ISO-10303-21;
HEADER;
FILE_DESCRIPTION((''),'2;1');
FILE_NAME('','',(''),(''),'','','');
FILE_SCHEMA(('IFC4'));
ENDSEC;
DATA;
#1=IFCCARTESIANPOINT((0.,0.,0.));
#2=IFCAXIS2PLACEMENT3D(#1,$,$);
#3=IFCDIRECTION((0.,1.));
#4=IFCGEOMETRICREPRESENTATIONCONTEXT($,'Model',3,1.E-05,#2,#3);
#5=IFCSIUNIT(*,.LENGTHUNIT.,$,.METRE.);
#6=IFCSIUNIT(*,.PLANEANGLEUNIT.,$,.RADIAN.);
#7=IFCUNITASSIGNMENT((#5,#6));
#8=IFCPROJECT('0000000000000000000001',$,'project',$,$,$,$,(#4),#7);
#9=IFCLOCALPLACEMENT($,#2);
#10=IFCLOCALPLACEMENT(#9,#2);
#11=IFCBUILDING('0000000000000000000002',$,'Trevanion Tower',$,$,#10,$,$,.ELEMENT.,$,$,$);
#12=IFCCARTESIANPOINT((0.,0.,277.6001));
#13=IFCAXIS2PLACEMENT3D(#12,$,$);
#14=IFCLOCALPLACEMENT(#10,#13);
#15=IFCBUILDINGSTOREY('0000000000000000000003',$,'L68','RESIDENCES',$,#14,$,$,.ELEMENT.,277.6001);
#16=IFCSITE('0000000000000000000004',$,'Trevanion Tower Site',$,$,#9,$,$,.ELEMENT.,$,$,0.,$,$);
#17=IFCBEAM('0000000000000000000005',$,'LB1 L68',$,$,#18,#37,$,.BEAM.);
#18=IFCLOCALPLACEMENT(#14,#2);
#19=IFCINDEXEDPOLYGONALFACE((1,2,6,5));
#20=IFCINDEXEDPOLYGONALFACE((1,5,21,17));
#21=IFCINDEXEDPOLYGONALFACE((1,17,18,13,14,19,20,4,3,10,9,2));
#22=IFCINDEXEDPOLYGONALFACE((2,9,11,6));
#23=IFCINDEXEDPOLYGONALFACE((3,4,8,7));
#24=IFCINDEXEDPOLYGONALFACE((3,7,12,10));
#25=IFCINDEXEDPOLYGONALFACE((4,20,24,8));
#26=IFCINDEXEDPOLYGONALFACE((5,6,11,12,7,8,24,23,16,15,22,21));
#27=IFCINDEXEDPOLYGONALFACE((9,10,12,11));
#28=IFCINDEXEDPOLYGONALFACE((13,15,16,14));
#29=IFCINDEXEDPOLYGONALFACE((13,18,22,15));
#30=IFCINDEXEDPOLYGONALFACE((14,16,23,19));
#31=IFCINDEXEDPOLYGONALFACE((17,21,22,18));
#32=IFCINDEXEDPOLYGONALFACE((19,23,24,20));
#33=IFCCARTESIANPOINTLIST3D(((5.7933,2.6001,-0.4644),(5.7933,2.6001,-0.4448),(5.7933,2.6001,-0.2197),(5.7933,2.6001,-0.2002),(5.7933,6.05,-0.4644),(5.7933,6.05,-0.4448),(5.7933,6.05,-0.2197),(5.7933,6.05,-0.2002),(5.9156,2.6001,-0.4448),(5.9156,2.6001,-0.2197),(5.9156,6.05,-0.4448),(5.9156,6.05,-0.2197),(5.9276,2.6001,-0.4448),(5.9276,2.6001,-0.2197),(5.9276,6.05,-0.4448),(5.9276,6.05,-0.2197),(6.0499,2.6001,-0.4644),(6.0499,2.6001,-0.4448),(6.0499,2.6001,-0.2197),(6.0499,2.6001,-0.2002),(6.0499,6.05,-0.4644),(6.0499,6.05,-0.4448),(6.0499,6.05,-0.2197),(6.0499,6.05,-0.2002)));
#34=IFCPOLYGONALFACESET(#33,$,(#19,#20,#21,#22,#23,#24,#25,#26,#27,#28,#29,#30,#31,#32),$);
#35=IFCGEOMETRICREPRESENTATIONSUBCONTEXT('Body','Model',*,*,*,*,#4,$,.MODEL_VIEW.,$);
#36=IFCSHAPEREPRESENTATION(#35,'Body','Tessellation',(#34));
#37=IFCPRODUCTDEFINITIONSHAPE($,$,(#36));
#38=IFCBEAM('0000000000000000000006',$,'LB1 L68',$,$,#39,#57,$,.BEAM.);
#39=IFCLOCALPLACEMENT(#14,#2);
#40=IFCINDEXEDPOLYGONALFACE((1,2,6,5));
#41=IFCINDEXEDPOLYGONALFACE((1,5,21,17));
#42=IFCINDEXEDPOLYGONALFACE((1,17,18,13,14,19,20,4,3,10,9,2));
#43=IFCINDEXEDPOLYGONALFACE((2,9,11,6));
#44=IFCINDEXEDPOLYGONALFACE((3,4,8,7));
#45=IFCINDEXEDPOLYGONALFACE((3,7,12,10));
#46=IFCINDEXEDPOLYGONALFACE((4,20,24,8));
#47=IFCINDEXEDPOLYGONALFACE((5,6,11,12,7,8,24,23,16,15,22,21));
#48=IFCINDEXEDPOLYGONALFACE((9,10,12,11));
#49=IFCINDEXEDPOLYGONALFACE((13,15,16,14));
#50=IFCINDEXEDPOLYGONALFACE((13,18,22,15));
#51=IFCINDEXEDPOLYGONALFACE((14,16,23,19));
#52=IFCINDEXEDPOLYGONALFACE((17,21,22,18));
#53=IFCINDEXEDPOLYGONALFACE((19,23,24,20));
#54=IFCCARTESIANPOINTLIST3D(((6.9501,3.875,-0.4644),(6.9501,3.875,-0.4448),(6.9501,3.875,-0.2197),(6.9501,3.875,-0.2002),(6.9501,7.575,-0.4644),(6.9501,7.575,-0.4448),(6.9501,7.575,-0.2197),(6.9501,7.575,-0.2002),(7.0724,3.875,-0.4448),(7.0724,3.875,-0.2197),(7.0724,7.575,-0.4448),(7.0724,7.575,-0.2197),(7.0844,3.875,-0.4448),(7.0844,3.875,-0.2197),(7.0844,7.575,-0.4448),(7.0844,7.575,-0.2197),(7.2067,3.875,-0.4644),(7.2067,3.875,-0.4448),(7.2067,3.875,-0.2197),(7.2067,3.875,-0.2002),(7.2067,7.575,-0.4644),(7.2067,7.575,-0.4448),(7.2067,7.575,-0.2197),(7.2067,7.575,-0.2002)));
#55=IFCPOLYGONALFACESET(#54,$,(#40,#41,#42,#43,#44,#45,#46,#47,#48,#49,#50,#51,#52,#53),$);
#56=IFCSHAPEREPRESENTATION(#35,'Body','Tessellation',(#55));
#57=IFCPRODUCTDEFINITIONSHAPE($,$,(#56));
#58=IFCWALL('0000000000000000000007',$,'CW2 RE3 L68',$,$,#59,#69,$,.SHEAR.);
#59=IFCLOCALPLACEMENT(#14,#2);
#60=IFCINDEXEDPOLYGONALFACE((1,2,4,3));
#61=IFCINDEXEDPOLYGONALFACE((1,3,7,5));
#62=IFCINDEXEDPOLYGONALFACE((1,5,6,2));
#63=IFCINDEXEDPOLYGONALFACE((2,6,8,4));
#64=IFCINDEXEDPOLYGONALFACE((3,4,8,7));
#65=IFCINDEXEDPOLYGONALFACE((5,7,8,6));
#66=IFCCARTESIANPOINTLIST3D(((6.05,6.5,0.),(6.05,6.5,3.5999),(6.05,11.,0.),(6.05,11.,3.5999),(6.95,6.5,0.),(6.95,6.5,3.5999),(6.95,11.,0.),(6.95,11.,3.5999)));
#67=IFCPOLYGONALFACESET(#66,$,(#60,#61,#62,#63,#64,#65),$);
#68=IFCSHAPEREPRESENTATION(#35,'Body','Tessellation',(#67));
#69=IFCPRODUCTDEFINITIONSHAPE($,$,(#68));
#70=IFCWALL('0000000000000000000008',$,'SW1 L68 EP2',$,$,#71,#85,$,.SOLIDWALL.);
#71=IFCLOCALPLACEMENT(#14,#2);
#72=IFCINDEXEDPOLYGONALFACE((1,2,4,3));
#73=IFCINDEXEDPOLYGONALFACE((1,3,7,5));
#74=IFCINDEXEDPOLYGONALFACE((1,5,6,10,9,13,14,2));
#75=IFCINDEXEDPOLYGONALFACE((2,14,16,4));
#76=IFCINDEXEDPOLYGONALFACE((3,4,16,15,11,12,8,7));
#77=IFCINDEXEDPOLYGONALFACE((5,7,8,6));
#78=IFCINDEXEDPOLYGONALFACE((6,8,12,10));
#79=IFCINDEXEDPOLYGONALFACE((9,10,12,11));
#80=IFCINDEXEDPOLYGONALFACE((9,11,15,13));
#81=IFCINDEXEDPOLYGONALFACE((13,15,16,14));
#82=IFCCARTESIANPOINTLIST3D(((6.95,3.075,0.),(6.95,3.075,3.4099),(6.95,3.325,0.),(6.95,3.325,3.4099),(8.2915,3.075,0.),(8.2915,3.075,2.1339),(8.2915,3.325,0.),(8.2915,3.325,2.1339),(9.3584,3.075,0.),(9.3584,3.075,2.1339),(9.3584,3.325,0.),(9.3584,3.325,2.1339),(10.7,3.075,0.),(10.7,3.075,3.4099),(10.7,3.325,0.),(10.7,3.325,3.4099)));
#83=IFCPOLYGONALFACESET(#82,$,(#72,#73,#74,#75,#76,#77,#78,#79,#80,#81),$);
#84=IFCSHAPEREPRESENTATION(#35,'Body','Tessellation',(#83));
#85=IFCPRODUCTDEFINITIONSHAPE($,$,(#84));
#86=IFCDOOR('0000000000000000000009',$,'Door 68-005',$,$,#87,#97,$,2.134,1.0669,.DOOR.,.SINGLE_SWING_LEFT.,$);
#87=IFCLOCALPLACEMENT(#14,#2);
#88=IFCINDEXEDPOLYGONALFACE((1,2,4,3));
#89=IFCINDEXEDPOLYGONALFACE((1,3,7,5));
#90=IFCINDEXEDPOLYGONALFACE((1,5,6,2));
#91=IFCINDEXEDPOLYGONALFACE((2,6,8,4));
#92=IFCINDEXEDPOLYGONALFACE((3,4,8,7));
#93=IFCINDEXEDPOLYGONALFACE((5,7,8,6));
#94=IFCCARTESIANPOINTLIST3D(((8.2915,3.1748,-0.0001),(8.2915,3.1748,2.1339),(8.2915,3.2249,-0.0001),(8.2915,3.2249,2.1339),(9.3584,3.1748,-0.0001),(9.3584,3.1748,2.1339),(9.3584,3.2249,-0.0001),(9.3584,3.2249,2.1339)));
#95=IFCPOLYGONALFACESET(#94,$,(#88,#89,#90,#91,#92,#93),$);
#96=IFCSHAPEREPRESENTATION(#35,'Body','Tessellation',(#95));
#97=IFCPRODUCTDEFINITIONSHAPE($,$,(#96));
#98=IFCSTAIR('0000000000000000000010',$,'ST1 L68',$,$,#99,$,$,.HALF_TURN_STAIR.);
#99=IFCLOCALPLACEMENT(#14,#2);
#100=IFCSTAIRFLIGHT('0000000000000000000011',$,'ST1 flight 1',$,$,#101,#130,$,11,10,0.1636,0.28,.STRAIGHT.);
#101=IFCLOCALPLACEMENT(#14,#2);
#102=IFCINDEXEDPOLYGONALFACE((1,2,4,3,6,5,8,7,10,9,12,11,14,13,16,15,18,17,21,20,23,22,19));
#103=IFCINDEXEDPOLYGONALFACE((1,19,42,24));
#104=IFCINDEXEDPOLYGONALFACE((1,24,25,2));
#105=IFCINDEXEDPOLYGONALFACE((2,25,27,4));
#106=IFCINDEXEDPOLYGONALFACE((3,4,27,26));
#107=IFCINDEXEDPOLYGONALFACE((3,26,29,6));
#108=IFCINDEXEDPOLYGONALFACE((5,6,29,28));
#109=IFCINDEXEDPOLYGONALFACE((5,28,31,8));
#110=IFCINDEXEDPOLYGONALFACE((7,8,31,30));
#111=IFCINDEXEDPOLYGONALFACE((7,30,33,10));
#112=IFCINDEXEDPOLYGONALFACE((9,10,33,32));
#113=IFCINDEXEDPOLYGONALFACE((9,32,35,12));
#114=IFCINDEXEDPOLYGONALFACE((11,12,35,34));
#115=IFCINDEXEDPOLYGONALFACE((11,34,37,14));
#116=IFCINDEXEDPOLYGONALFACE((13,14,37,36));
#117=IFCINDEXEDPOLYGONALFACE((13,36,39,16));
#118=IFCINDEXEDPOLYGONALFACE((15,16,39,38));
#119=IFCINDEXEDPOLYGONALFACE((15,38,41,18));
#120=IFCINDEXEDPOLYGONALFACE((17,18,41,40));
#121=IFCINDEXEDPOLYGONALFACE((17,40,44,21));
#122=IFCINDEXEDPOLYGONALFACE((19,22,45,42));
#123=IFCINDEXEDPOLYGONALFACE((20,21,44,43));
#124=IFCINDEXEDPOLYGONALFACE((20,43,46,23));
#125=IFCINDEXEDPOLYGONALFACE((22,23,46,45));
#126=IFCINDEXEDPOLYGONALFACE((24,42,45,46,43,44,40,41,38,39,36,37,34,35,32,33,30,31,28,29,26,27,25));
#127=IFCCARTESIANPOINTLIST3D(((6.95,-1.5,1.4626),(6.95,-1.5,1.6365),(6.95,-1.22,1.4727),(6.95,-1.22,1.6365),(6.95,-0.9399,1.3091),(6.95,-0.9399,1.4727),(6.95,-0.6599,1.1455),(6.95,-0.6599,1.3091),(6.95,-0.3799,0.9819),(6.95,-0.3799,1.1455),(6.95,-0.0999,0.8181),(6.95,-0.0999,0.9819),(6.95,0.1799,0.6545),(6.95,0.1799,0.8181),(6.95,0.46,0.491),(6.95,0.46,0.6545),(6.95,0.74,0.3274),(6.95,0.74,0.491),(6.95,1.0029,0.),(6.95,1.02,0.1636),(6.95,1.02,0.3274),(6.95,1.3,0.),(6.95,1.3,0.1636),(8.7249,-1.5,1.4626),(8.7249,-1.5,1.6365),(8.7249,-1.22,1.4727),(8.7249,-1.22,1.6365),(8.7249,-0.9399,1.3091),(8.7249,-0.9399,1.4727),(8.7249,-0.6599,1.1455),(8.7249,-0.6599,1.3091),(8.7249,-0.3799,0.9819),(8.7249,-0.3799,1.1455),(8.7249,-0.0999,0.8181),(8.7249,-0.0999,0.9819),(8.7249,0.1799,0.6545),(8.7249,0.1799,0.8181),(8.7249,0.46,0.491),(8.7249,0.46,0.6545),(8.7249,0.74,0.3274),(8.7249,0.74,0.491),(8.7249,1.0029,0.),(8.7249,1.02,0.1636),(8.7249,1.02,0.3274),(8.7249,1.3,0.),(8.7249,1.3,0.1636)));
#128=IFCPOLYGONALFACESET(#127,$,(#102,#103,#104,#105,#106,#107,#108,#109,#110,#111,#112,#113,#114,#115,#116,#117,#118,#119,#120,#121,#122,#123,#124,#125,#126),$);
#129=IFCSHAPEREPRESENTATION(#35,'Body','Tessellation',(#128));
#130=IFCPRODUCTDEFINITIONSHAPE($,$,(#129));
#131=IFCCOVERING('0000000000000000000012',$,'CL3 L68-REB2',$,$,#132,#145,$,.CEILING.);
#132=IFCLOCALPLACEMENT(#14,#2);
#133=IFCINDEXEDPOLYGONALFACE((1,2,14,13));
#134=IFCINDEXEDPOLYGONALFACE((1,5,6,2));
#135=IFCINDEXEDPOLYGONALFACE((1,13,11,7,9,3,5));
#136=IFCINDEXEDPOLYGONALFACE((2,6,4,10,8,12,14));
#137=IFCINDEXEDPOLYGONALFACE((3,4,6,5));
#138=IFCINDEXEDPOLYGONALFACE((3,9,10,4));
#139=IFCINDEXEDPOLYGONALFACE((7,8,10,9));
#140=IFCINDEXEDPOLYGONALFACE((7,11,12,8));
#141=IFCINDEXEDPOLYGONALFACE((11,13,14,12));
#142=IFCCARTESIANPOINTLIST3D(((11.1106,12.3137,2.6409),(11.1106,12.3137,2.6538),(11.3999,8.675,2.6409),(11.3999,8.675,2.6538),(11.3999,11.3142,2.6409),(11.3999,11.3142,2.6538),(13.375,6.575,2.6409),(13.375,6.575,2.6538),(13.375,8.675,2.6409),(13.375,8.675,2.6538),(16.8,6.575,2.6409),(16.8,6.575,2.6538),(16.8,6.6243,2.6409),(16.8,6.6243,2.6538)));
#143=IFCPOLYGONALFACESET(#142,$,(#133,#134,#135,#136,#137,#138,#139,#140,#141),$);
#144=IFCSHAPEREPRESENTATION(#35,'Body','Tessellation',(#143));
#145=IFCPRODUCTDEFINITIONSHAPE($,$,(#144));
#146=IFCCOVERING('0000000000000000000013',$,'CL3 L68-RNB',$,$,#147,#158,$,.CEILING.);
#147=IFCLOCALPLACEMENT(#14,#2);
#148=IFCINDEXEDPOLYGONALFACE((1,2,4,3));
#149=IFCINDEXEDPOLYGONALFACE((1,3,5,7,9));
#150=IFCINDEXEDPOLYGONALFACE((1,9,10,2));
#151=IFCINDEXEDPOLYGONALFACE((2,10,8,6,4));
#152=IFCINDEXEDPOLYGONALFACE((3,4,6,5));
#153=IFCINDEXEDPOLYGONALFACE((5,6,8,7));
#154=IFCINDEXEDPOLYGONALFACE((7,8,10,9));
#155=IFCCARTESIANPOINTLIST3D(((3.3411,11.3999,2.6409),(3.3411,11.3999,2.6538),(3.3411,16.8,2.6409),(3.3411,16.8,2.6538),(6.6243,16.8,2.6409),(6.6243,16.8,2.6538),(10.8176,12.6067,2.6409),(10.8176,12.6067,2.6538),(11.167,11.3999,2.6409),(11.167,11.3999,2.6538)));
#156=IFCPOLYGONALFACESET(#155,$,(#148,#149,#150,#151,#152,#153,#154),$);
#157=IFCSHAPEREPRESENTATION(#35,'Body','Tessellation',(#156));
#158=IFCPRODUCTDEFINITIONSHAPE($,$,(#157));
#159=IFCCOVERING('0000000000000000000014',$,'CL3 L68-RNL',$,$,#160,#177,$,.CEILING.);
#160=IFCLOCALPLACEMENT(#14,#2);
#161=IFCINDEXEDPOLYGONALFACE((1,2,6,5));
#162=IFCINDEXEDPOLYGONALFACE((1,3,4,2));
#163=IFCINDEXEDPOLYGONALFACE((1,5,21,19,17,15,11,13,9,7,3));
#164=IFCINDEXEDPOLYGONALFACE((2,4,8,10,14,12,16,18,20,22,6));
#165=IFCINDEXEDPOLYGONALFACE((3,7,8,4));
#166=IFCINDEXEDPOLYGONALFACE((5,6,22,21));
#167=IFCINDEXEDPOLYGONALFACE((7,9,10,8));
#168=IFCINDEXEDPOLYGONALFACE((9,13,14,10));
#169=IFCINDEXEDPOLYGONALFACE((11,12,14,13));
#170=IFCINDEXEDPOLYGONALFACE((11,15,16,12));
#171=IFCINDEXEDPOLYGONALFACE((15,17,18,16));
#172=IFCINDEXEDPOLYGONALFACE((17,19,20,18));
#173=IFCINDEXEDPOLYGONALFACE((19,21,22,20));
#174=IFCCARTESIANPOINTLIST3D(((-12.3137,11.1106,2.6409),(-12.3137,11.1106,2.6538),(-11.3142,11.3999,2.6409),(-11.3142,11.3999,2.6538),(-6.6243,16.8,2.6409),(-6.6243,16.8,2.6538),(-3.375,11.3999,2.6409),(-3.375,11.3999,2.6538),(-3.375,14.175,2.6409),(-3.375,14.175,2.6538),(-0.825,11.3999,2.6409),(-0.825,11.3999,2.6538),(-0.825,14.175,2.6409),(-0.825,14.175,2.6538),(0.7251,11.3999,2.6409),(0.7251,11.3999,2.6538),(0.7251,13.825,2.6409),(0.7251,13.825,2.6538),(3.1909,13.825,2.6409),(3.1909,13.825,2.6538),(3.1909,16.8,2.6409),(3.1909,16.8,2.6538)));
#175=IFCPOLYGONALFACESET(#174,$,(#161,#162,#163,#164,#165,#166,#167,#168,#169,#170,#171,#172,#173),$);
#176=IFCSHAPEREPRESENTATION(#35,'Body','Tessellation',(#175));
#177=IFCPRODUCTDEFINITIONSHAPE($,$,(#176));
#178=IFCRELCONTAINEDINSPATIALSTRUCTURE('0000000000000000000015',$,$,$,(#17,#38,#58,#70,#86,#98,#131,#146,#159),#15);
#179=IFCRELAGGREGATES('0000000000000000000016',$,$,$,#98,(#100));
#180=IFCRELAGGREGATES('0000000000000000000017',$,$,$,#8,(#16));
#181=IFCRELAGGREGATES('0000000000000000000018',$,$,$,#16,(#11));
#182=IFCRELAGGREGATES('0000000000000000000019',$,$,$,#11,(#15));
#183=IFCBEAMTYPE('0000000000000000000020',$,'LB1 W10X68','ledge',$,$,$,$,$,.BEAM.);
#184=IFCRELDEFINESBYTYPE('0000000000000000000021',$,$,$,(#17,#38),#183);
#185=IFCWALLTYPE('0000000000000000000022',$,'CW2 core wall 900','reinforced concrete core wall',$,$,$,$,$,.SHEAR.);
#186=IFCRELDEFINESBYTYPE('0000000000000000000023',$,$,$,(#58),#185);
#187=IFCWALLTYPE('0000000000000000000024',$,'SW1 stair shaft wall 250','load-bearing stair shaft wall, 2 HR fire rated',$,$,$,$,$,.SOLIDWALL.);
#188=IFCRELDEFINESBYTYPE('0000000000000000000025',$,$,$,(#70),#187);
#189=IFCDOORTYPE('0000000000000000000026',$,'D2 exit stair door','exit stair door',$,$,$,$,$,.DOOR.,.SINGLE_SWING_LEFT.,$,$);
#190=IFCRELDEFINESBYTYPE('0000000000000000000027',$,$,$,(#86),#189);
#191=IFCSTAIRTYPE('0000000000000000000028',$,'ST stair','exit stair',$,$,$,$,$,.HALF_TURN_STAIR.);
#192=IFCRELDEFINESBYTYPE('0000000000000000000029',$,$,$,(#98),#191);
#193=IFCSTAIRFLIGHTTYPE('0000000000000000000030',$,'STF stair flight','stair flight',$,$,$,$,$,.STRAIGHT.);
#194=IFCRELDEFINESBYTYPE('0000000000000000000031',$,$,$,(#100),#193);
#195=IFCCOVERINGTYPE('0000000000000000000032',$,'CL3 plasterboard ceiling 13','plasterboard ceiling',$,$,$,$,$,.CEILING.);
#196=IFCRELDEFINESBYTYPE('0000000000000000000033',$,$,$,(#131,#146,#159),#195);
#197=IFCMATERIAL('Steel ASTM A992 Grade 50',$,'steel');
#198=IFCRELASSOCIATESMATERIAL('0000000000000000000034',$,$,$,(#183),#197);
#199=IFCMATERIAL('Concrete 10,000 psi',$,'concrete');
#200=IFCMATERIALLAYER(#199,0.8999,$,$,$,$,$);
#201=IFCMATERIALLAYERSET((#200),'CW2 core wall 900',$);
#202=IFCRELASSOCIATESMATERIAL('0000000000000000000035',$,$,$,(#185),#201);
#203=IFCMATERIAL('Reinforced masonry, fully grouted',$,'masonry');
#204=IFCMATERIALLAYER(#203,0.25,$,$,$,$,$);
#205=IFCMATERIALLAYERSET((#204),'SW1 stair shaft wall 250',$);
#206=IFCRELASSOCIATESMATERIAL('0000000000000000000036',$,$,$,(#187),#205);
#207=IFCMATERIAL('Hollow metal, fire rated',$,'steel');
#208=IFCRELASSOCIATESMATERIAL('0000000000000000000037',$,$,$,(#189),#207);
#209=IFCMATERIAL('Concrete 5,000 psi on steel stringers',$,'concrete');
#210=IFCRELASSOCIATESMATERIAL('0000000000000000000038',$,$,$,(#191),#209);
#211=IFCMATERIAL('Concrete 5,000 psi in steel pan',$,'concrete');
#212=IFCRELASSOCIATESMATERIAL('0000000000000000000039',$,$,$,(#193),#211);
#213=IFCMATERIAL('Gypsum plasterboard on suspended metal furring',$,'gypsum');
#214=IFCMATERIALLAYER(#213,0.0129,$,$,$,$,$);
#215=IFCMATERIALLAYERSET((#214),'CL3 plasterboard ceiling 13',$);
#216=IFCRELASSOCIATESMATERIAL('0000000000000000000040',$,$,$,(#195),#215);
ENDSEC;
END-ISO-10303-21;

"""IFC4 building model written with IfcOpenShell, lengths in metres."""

from ifc_helpers import new_model, si_unit, direction, frame, frame_2d, origin, origin_2d, place, context, subcontext, project, spatial, polyline, rectangle, i_section, outline, extrude, material, layer, layer_set, material_profile, profile_set, type_object, element, fill, aggregate, save


model = new_model("IFC4")

# Units and contexts
model_context = context("Model", 3, precision=1e-05, world=origin(), true_north=direction((0.0, 1.0)))
body_context = subcontext(model_context, "Body", "Model", "MODEL_VIEW")
ifc_project = project(units=[si_unit("LENGTHUNIT", "METRE"), si_unit("PLANEANGLEUNIT", "RADIAN")], contexts=[model_context])

# Site, building, storey
site_placement = place(None, origin())
site = spatial("IfcSite", under=ifc_project, at=site_placement, Name="Trevanion Tower Site", CompositionType="ELEMENT", RefElevation=0.0)
building_placement = place(site_placement, origin())
building = spatial("IfcBuilding", under=site, at=building_placement, Name="Trevanion Tower", CompositionType="ELEMENT")
storey_placement = place(building_placement, frame((0.0, 0.0, 277.6001)))
storey = spatial("IfcBuildingStorey", under=building, at=storey_placement, Name="L68", Description="RESIDENCES", CompositionType="ELEMENT", Elevation=277.6001)

# Beams
ifc_material_1 = material(Name="Steel ASTM A992 Grade 50", Category="steel")
ifc_material_profile = material_profile(ifc_material_1, i_section(OverallWidth=0.2566, OverallDepth=0.2642, WebThickness=0.012, FlangeThickness=0.0195, at=origin_2d()), Name="W10X68")
ifc_profile_set = profile_set([ifc_material_profile], Name="Steel ASTM A992 Grade 50")
beam_type = type_object("IfcBeamType", Name="LB1 W10X68", Description="ledge", PredefinedType="BEAM", material=ifc_profile_set)
beam_1_placement = place(storey_placement, frame((5.9216, 2.6001, -0.3323), z_axis=(0.0, 1.0, 0.0), x_axis=(-1.0, 0.0, 0.0)))
element("IfcBeam", 1, at=beam_1_placement, inside=storey, type_object=beam_type, Name="LB1 L68", PredefinedType="BEAM", context=body_context, shape_type="SweptSolid", body=[
    extrude(i_section(OverallWidth=0.2566, OverallDepth=0.2642, WebThickness=0.012, FlangeThickness=0.0195, at=origin_2d()), origin(), (0.0, 0.0, 1.0), 3.45),
])
beam_2_placement = place(storey_placement, frame((7.0784, 3.875, -0.3323), z_axis=(0.0, 1.0, 0.0), x_axis=(-1.0, 0.0, 0.0)))
element("IfcBeam", 2, at=beam_2_placement, inside=storey, type_object=beam_type, Name="LB1 L68", PredefinedType="BEAM", context=body_context, shape_type="SweptSolid", body=[
    extrude(i_section(OverallWidth=0.2566, OverallDepth=0.2642, WebThickness=0.012, FlangeThickness=0.0195, at=origin_2d()), origin(), (0.0, 0.0, 1.0), 3.7),
])

# Wall
ifc_material_2 = material(Name="Concrete 10,000 psi", Category="concrete")
ifc_layer_1 = layer(ifc_material_2, 0.8999)
ifc_layer_set_1 = layer_set([ifc_layer_1], Name="CW2 core wall 900")
wall_type_1 = type_object("IfcWallType", Name="CW2 core wall 900", Description="reinforced concrete core wall", PredefinedType="SHEAR", material=ifc_layer_set_1)
wall_1_placement = place(storey_placement, frame((6.5, 6.5, 0.0), z_axis=(0.0, 0.0, 1.0), x_axis=(0.0, 1.0, 0.0)))
element("IfcWall", 3, at=wall_1_placement, inside=storey, type_object=wall_type_1, Name="CW2 RE3 L68", PredefinedType="SHEAR", context=body_context, shape_type="SweptSolid", body=[
    extrude(rectangle(XDim=4.5, YDim=0.8999, at=frame_2d((2.25, 0.0))), origin(), (0.0, 0.0, 1.0), 3.5999),
])

# Wall, opening, door
ifc_material_3 = material(Name="Reinforced masonry, fully grouted", Category="masonry")
ifc_layer_2 = layer(ifc_material_3, 0.25)
ifc_layer_set_2 = layer_set([ifc_layer_2], Name="SW1 stair shaft wall 250")
wall_type_2 = type_object("IfcWallType", Name="SW1 stair shaft wall 250", Description="load-bearing stair shaft wall, 2 HR fire rated", PredefinedType="SOLIDWALL", material=ifc_layer_set_2)
wall_2_placement = place(storey_placement, frame((6.95, 3.2, 0.0), z_axis=(0.0, 0.0, 1.0), x_axis=(1.0, 0.0, 0.0)))
wall_2 = element("IfcWall", 4, at=wall_2_placement, inside=storey, type_object=wall_type_2, Name="SW1 L68 EP2", PredefinedType="SOLIDWALL", context=body_context, shape_type="SweptSolid", body=[
    extrude(rectangle(XDim=3.75, YDim=0.25, at=frame_2d((1.875, 0.0))), origin(), (0.0, 0.0, 1.0), 3.4099),
])
opening_placement = place(wall_2_placement, frame((1.3416, 0.0, 0.0)))
opening = element("IfcOpeningElement", 5, at=opening_placement, cuts=wall_2, PredefinedType="OPENING", context=body_context, shape_type="SweptSolid", body=[
    extrude(rectangle(XDim=1.0669, YDim=2.134, at=frame_2d((0.5334, 1.0669))), frame((0.0, 0.135, 0.0), z_axis=(0.0, -1.0, 0.0), x_axis=(1.0, 0.0, 0.0)), (0.0, 0.0, 1.0), 0.27),
])
ifc_material_4 = material(Name="Hollow metal, fire rated", Category="steel")
door_type = type_object("IfcDoorType", Name="D2 exit stair door", Description="exit stair door", OperationType="SINGLE_SWING_LEFT", PredefinedType="DOOR", material=ifc_material_4)
door_placement = place(opening_placement, origin())
door = element("IfcDoor", 6, at=door_placement, inside=storey, type_object=door_type, Name="Door 68-005", OperationType="SINGLE_SWING_LEFT", OverallHeight=2.134, OverallWidth=1.0669, PredefinedType="DOOR", context=body_context, shape_type="SweptSolid", body=[
    extrude(rectangle(XDim=1.0669, YDim=2.134, at=frame_2d((0.5334, 1.0669))), frame((0.0, 0.0249, 0.0), z_axis=(0.0, -1.0, 0.0), x_axis=(1.0, 0.0, 0.0)), (0.0, 0.0, 1.0), 0.05),
])
fill(opening, door)

# Stair, stair flight
ifc_material_5 = material(Name="Concrete 5,000 psi on steel stringers", Category="concrete")
stair_type = type_object("IfcStairType", Name="ST stair", Description="exit stair", PredefinedType="HALF_TURN_STAIR", material=ifc_material_5)
stair_placement = place(storey_placement, origin())
stair = element("IfcStair", 7, at=stair_placement, inside=storey, type_object=stair_type, Name="ST1 L68", PredefinedType="HALF_TURN_STAIR")
ifc_material_6 = material(Name="Concrete 5,000 psi in steel pan", Category="concrete")
stair_flight_type = type_object("IfcStairFlightType", Name="STF stair flight", Description="stair flight", PredefinedType="STRAIGHT", material=ifc_material_6)
stair_flight_placement = place(storey_placement, frame((7.8374, 1.3, 0.0), z_axis=(0.0, 0.0, 1.0), x_axis=(0.0, -1.0, 0.0)))
stair_flight = element("IfcStairFlight", 8, at=stair_flight_placement, type_object=stair_flight_type, Name="ST1 flight 1", NumberOfRisers=11, NumberOfTreads=10, PredefinedType="STRAIGHT", RiserHeight=0.1636, TreadLength=0.28, context=body_context, shape_type="SweptSolid", body=[
    extrude(outline(polyline([(0.0, 0.0), (0.0, 0.1636), (0.28, 0.1636), (0.28, 0.3274), (0.5601, 0.3274), (0.5601, 0.491), (0.8401, 0.491), (0.8401, 0.6545), (1.1201, 0.6545), (1.1201, 0.8181), (1.3999, 0.8181), (1.3999, 0.9819), (1.6799, 0.9819), (1.6799, 1.1455), (1.96, 1.1455), (1.96, 1.3091), (2.24, 1.3091), (2.24, 1.4727), (2.52, 1.4727), (2.52, 1.6365), (2.8, 1.6365), (2.8, 1.8), (2.8, 1.4626), (0.2971, 0.0), (0.0, 0.0)])), frame((0.0, 0.8875, 0.0), z_axis=(0.0, -1.0, 0.0), x_axis=(1.0, 0.0, 0.0)), (0.0, 0.0, 1.0), 1.7749),
])
aggregate(stair, [stair_flight])

# Coverings
ifc_material_7 = material(Name="Gypsum plasterboard on suspended metal furring", Category="gypsum")
ifc_layer_3 = layer(ifc_material_7, 0.0129)
ifc_layer_set_3 = layer_set([ifc_layer_3], Name="CL3 plasterboard ceiling 13")
covering_type_1 = type_object("IfcCoveringType", Name="CL3 plasterboard ceiling 13", Description="plasterboard ceiling", PredefinedType="CEILING", material=ifc_layer_set_3)
covering_1_placement = place(storey_placement, frame((0.0, 0.0, 2.6409)))
element("IfcCovering", 9, at=covering_1_placement, inside=storey, type_object=covering_type_1, Name="CL3 L68-REB2", PredefinedType="CEILING", context=body_context, shape_type="SweptSolid", body=[
    extrude(outline(polyline([(13.375, 6.575), (13.375, 8.675), (11.3999, 8.675), (11.3999, 11.3142), (11.1106, 12.3137), (16.8, 6.6243), (16.8, 6.575), (13.375, 6.575)])), origin(), (0.0, 0.0, 1.0), 0.0129),
])
covering_2_placement = place(storey_placement, frame((0.0, 0.0, 2.6409)))
element("IfcCovering", 10, at=covering_2_placement, inside=storey, type_object=covering_type_1, Name="CL3 L68-RNB", PredefinedType="CEILING", context=body_context, shape_type="SweptSolid", body=[
    extrude(outline(polyline([(10.8176, 12.6067), (11.167, 11.3999), (3.3411, 11.3999), (3.3411, 16.8), (6.6243, 16.8), (10.8176, 12.6067)])), origin(), (0.0, 0.0, 1.0), 0.0129),
])
covering_3_placement = place(storey_placement, frame((0.0, 0.0, 2.6409)))
element("IfcCovering", 11, at=covering_3_placement, inside=storey, type_object=covering_type_1, Name="CL3 L68-RNL", PredefinedType="CEILING", context=body_context, shape_type="SweptSolid", body=[
    extrude(outline(polyline([(3.1909, 13.825), (0.7251, 13.825), (0.7251, 11.3999), (-0.825, 11.3999), (-0.825, 14.175), (-3.375, 14.175), (-3.375, 11.3999), (-11.3142, 11.3999), (-12.3137, 11.1106), (-6.6243, 16.8), (3.1909, 16.8), (3.1909, 13.825)])), origin(), (0.0, 0.0, 1.0), 0.0129),
])

save(model, "model.ifc")
